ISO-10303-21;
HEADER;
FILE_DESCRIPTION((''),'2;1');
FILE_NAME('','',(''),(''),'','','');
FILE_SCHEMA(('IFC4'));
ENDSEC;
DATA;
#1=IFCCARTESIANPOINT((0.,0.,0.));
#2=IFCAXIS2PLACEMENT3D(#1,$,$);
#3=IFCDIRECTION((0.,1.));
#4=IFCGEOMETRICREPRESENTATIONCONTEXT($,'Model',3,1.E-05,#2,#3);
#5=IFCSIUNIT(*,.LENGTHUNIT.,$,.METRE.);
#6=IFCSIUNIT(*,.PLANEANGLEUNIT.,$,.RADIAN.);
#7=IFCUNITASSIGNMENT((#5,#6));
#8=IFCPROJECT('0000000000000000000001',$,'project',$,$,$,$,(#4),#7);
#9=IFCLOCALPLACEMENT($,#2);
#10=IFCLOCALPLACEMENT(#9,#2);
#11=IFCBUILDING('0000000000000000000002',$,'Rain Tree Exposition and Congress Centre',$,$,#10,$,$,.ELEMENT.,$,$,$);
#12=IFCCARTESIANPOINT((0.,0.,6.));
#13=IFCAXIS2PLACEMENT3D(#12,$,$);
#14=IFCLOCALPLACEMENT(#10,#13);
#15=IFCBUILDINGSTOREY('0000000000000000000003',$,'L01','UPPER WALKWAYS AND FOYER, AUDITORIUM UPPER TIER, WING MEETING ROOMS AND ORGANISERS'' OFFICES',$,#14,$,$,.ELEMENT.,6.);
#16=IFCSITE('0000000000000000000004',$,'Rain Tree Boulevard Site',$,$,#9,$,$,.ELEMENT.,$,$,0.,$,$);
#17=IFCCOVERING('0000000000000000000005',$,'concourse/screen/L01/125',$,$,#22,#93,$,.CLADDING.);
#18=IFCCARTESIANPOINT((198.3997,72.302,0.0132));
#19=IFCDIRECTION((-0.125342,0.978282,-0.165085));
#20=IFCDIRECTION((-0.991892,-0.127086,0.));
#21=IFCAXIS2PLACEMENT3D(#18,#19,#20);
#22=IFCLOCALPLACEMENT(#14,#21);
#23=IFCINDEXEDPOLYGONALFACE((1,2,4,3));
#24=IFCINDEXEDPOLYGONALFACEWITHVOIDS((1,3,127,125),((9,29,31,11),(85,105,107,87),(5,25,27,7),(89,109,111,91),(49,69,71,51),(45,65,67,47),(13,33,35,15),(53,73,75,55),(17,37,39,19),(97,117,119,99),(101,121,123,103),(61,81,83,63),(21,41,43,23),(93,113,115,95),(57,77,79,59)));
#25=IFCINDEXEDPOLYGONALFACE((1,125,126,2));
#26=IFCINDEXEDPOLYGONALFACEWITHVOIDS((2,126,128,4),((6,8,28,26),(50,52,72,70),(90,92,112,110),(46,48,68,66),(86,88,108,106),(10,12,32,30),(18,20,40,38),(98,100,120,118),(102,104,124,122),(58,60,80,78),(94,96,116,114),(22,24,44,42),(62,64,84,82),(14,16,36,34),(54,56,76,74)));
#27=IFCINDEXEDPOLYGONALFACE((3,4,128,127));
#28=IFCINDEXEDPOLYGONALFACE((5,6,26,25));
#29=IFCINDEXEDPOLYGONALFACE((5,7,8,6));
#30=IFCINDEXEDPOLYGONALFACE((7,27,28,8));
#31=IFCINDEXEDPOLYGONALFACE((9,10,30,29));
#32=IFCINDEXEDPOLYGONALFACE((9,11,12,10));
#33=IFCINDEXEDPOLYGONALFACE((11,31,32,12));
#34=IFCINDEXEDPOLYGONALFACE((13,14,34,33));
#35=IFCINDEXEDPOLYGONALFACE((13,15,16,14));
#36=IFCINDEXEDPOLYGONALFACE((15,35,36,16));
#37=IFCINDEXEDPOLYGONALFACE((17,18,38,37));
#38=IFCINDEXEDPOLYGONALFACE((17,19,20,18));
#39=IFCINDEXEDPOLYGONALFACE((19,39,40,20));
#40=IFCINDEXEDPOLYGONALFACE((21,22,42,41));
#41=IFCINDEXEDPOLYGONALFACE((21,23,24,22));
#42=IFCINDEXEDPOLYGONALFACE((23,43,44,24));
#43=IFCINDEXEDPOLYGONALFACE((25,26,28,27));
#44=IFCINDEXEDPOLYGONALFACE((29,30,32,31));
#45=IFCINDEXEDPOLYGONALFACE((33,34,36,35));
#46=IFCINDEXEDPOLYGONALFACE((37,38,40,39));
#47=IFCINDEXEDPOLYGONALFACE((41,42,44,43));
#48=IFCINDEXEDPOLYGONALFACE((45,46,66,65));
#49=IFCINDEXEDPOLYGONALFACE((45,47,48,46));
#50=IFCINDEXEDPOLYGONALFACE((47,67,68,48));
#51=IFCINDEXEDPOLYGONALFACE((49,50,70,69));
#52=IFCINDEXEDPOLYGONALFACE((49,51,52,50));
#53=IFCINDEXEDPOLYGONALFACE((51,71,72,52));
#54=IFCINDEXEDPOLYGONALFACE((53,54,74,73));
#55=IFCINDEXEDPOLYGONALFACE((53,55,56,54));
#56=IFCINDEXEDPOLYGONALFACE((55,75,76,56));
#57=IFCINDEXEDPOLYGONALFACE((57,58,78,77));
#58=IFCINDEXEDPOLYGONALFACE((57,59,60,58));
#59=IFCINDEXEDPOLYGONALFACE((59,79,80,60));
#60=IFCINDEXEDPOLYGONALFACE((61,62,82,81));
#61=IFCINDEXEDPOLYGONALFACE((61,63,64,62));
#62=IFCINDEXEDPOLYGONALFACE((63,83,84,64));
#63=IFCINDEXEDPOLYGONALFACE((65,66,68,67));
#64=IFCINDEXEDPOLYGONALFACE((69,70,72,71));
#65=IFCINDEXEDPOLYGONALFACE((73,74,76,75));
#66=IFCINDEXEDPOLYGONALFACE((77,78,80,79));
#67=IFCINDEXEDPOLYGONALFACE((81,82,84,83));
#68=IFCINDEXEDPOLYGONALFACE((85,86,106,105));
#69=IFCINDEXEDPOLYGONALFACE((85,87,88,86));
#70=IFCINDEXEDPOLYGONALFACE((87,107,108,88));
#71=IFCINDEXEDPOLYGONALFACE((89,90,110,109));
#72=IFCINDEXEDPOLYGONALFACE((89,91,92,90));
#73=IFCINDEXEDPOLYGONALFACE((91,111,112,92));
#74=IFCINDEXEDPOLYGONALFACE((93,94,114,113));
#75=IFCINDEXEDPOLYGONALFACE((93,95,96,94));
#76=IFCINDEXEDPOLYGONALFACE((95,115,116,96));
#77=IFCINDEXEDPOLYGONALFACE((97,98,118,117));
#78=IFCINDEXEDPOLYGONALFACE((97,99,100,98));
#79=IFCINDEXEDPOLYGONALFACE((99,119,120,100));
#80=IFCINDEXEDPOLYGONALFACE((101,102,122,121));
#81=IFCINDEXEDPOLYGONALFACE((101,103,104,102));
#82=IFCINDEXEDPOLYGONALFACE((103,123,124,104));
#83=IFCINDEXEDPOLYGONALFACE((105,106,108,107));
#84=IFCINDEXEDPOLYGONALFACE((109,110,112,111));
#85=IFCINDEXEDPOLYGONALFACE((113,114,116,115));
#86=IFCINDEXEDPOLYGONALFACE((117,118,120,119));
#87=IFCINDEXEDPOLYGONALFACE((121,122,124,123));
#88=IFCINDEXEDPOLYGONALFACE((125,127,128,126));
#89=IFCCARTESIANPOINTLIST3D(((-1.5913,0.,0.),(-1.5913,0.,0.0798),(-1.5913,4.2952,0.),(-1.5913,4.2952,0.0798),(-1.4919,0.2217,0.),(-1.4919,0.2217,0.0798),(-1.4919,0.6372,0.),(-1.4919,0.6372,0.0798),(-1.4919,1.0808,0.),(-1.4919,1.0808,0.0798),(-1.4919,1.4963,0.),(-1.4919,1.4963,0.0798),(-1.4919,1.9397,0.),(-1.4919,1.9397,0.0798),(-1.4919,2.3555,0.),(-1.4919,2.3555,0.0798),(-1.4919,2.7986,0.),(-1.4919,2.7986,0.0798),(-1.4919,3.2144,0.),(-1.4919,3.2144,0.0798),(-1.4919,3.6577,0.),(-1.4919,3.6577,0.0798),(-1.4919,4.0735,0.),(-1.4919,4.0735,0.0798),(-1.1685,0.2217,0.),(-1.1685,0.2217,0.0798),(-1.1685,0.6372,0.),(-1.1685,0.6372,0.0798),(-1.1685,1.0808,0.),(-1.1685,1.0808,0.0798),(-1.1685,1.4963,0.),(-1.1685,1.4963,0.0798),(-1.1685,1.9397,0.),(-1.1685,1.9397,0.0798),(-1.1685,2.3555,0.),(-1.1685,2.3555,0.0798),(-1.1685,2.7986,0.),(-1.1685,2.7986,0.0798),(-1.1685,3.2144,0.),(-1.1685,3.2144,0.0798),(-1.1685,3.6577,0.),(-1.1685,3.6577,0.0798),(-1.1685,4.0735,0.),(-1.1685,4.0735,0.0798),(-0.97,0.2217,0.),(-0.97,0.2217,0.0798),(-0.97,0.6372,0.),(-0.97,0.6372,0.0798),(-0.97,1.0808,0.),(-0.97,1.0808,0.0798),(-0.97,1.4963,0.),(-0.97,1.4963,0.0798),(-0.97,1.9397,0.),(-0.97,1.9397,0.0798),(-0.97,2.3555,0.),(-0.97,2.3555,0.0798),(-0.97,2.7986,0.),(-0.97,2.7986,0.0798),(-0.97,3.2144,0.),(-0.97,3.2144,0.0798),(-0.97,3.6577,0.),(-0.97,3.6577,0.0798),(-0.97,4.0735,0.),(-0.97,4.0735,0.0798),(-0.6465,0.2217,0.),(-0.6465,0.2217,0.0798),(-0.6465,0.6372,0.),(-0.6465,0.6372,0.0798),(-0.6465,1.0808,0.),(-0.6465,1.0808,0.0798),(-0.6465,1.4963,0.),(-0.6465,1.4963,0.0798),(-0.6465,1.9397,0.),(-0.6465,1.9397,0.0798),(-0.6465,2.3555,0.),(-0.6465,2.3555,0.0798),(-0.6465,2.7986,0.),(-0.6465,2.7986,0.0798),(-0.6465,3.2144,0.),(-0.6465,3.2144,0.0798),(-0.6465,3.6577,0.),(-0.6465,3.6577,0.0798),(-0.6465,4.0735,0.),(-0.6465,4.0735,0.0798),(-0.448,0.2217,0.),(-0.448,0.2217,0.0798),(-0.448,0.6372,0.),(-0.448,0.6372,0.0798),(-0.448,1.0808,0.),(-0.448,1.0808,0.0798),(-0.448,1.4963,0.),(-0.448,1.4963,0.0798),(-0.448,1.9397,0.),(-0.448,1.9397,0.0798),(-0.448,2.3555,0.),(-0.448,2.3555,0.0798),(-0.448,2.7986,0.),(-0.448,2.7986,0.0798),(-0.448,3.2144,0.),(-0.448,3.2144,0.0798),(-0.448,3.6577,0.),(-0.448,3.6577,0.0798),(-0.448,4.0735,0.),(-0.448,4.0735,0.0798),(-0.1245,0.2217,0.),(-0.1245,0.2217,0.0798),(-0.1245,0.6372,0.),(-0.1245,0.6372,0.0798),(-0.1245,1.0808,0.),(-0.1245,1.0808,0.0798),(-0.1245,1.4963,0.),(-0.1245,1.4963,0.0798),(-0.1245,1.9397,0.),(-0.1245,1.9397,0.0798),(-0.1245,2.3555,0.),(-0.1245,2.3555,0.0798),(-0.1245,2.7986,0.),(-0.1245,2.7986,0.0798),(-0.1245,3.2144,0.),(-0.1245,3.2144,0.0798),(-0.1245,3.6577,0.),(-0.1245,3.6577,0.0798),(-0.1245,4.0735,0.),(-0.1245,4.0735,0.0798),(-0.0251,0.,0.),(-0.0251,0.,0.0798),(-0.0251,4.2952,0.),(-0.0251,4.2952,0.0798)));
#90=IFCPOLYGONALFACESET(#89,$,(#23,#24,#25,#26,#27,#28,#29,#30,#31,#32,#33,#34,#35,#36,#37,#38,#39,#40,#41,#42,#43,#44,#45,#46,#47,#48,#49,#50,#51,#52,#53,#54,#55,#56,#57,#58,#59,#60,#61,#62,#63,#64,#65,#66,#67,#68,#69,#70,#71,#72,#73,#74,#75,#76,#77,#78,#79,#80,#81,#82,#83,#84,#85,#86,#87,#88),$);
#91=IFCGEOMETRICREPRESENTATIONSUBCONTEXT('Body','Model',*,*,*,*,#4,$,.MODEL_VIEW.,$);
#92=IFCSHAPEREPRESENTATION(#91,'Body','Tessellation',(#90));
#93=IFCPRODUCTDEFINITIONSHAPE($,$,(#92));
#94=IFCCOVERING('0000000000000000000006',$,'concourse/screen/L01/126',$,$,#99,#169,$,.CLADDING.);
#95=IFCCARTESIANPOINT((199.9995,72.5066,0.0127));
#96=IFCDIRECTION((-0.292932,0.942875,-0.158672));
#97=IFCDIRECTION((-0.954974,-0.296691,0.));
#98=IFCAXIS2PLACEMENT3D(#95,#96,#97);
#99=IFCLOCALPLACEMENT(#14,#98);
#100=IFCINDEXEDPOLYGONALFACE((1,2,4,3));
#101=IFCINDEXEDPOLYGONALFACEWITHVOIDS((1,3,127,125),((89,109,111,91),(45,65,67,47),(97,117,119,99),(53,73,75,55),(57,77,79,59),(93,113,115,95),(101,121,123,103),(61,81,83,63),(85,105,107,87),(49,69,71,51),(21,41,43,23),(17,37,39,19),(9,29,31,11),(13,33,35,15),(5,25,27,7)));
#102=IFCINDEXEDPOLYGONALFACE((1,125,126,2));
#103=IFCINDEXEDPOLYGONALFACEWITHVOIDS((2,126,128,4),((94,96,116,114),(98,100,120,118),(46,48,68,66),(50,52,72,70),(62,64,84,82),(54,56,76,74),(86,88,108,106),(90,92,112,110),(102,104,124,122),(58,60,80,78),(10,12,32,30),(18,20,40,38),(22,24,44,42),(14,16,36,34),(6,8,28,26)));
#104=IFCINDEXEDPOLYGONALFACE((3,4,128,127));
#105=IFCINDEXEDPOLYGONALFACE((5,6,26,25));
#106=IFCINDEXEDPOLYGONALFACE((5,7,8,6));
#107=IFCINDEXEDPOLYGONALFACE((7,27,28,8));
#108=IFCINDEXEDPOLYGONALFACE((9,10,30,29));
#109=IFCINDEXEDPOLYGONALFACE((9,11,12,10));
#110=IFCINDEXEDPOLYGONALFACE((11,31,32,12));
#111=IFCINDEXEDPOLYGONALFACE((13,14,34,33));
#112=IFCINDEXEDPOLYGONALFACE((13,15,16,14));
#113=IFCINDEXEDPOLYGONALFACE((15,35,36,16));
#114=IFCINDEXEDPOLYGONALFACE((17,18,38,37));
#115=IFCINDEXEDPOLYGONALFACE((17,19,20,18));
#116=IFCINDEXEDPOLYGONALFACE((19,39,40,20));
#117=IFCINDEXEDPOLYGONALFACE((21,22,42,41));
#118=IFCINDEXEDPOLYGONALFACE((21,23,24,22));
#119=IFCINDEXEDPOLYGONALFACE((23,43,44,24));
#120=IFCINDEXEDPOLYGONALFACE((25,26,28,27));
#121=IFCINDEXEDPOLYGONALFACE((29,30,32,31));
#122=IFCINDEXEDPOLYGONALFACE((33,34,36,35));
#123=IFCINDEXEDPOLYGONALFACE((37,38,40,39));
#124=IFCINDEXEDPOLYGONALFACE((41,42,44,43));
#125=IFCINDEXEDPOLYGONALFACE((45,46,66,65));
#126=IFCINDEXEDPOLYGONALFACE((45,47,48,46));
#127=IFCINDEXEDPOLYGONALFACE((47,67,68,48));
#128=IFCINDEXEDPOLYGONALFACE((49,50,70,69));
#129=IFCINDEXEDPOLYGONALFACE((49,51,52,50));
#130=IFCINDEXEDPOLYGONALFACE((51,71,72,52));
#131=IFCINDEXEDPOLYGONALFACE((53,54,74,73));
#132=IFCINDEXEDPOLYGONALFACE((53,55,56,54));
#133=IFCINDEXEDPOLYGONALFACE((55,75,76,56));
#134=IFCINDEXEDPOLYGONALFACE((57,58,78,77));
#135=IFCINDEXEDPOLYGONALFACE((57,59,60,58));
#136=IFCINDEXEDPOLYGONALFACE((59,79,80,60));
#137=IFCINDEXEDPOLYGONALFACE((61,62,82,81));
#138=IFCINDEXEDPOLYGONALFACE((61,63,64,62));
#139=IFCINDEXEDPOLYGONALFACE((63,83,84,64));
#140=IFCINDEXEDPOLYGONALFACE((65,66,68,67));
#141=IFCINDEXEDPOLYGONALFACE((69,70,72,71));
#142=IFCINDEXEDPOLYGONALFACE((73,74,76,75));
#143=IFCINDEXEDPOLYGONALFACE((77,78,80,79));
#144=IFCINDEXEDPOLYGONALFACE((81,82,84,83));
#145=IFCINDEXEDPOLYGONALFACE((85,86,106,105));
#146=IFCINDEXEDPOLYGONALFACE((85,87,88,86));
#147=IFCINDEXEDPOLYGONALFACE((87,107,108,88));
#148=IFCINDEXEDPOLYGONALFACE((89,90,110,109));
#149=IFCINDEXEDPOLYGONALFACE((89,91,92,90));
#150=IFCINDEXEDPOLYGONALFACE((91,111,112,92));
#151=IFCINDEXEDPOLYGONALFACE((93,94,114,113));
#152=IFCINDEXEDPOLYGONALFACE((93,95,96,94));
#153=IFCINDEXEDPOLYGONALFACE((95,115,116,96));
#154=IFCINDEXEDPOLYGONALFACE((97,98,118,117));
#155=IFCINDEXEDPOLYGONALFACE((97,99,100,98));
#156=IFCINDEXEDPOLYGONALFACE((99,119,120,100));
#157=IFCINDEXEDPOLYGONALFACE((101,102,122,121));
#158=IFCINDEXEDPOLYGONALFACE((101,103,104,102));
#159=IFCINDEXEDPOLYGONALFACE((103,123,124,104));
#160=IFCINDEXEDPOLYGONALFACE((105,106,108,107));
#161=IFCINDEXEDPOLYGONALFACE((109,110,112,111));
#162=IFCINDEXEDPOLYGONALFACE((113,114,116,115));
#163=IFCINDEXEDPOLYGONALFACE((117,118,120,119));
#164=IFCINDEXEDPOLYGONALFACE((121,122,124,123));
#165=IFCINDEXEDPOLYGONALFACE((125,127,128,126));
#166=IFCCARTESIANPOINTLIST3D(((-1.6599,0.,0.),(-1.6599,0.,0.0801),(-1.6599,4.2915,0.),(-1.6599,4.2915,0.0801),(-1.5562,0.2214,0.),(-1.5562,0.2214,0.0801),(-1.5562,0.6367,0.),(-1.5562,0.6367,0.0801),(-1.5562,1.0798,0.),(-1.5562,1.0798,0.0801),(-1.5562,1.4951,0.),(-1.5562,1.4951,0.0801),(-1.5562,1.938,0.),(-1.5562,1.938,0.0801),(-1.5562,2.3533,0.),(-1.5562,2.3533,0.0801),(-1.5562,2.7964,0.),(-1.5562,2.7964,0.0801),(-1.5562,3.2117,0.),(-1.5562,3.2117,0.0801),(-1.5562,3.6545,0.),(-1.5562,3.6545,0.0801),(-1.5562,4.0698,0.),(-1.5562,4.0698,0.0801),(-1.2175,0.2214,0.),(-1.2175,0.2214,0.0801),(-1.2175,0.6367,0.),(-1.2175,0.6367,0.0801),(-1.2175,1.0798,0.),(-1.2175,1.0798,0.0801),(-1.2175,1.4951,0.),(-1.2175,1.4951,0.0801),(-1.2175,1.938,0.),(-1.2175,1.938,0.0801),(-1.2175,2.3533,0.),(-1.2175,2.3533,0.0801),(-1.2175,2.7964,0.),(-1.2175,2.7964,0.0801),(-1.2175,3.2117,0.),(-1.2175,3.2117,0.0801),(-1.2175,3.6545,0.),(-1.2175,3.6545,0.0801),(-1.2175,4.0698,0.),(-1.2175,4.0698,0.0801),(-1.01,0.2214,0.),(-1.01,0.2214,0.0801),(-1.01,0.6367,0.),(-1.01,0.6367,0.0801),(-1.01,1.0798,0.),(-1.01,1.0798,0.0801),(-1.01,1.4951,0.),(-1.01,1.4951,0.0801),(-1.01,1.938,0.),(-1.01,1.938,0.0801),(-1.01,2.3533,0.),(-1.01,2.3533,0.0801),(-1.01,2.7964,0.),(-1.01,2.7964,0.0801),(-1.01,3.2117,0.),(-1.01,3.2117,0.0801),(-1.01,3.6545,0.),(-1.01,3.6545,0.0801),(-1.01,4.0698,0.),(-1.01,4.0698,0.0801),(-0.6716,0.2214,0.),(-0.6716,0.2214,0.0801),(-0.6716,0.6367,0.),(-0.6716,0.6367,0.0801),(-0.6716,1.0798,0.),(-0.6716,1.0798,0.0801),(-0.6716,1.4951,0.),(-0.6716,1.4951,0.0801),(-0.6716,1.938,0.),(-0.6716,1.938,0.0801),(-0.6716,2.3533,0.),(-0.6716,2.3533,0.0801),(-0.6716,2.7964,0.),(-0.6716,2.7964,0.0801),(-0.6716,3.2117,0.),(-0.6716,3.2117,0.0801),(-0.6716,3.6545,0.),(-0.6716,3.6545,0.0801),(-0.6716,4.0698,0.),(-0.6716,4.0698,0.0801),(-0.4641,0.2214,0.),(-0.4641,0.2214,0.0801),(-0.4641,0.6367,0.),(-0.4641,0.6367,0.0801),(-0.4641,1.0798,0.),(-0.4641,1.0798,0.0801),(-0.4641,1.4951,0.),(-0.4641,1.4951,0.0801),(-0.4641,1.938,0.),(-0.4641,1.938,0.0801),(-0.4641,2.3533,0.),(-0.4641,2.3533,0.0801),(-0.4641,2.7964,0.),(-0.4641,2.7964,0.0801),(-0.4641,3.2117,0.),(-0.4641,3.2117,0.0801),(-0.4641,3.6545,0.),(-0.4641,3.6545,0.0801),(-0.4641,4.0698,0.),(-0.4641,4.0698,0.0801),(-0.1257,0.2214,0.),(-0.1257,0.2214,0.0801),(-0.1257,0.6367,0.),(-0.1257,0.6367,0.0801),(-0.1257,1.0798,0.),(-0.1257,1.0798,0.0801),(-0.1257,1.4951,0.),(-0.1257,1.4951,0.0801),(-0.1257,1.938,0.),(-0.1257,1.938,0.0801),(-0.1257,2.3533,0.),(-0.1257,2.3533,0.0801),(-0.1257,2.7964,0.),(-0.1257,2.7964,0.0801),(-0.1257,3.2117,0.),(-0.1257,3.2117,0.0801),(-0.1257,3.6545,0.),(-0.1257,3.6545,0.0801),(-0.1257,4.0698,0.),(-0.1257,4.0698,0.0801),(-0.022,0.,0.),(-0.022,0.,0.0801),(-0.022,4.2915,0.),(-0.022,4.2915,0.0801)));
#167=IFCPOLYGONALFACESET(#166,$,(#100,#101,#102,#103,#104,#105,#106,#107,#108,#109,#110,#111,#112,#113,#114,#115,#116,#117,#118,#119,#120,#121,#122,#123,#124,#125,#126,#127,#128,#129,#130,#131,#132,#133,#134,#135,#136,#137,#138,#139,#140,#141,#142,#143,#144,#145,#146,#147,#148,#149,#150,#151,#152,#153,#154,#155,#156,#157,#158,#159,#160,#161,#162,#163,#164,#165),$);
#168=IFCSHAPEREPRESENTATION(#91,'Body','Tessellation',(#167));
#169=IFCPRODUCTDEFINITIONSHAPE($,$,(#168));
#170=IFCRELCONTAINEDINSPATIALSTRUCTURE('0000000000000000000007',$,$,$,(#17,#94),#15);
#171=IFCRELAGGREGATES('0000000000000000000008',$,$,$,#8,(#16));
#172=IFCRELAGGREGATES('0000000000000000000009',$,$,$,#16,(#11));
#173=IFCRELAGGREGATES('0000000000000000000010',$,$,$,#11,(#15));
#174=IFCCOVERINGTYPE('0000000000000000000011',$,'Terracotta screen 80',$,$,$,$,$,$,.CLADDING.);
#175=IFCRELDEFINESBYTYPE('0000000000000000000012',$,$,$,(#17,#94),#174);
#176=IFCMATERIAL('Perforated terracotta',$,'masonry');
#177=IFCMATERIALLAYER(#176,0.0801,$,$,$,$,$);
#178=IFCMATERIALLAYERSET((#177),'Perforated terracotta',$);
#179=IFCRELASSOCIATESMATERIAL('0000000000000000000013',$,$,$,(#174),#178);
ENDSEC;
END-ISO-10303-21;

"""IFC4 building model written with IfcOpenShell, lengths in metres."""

from ifc_helpers import new_model, si_unit, direction, frame, origin, place, context, subcontext, project, spatial, polyline, outline, extrude, material, layer, layer_set, type_object, element, save


model = new_model("IFC4")

# Units and contexts
model_context = context("Model", 3, precision=1e-05, world=origin(), true_north=direction((0.0, 1.0)))
body_context = subcontext(model_context, "Body", "Model", "MODEL_VIEW")
ifc_project = project(units=[si_unit("LENGTHUNIT", "METRE"), si_unit("PLANEANGLEUNIT", "RADIAN")], contexts=[model_context])

# Site, building, storey
site_placement = place(None, origin())
site = spatial("IfcSite", under=ifc_project, at=site_placement, Name="Rain Tree Boulevard Site", CompositionType="ELEMENT", RefElevation=0.0)
building_placement = place(site_placement, origin())
building = spatial("IfcBuilding", under=site, at=building_placement, Name="Rain Tree Exposition and Congress Centre", CompositionType="ELEMENT")
storey_placement = place(building_placement, frame((0.0, 0.0, 6.0)))
storey = spatial("IfcBuildingStorey", under=building, at=storey_placement, Name="L01", Description="UPPER WALKWAYS AND FOYER, AUDITORIUM UPPER TIER, WING MEETING ROOMS AND ORGANISERS' OFFICES", CompositionType="ELEMENT", Elevation=6.0)

# Coverings
ifc_material_1 = material(Name="Perforated terracotta", Category="masonry")
ifc_layer_1 = layer(ifc_material_1, 0.0801)
ifc_layer_set_1 = layer_set([ifc_layer_1], Name="Perforated terracotta")
covering_type = type_object("IfcCoveringType", Name="Terracotta screen 80", PredefinedType="CLADDING", material=ifc_layer_set_1)
covering_1_placement = place(storey_placement, frame((198.3997, 72.302, 0.0132), z_axis=(-0.125342, 0.978282, -0.165085), x_axis=(-0.991892, -0.127086, 0.0)))
element("IfcCovering", 1, at=covering_1_placement, inside=storey, type_object=covering_type, Name="concourse/screen/L01/125", PredefinedType="CLADDING", context=body_context, shape_type="SweptSolid", body=[
    extrude(outline(polyline([(-1.5913, 0.0), (-1.5913, 4.2952), (-0.0251, 4.2952), (-0.0251, 0.0), (-1.5913, 0.0)]), holes=[polyline([(-0.1245, 0.2217), (-0.1245, 0.6372), (-0.448, 0.6372), (-0.448, 0.2217), (-0.1245, 0.2217)]), polyline([(-0.1245, 1.0808), (-0.1245, 1.4963), (-0.448, 1.4963), (-0.448, 1.0808), (-0.1245, 1.0808)]), polyline([(-0.1245, 1.9397), (-0.1245, 2.3555), (-0.448, 2.3555), (-0.448, 1.9397), (-0.1245, 1.9397)]), polyline([(-0.1245, 2.7986), (-0.1245, 3.2144), (-0.448, 3.2144), (-0.448, 2.7986), (-0.1245, 2.7986)]), polyline([(-0.1245, 3.6577), (-0.1245, 4.0735), (-0.448, 4.0735), (-0.448, 3.6577), (-0.1245, 3.6577)]), polyline([(-0.6465, 0.2217), (-0.6465, 0.6372), (-0.97, 0.6372), (-0.97, 0.2217), (-0.6465, 0.2217)]), polyline([(-0.6465, 1.0808), (-0.6465, 1.4963), (-0.97, 1.4963), (-0.97, 1.0808), (-0.6465, 1.0808)]), polyline([(-0.6465, 1.9397), (-0.6465, 2.3555), (-0.97, 2.3555), (-0.97, 1.9397), (-0.6465, 1.9397)]), polyline([(-0.6465, 2.7986), (-0.6465, 3.2144), (-0.97, 3.2144), (-0.97, 2.7986), (-0.6465, 2.7986)]), polyline([(-0.6465, 3.6577), (-0.6465, 4.0735), (-0.97, 4.0735), (-0.97, 3.6577), (-0.6465, 3.6577)]), polyline([(-1.1685, 0.2217), (-1.1685, 0.6372), (-1.4919, 0.6372), (-1.4919, 0.2217), (-1.1685, 0.2217)]), polyline([(-1.1685, 1.0808), (-1.1685, 1.4963), (-1.4919, 1.4963), (-1.4919, 1.0808), (-1.1685, 1.0808)]), polyline([(-1.1685, 1.9397), (-1.1685, 2.3555), (-1.4919, 2.3555), (-1.4919, 1.9397), (-1.1685, 1.9397)]), polyline([(-1.1685, 2.7986), (-1.1685, 3.2144), (-1.4919, 3.2144), (-1.4919, 2.7986), (-1.1685, 2.7986)]), polyline([(-1.1685, 3.6577), (-1.1685, 4.0735), (-1.4919, 4.0735), (-1.4919, 3.6577), (-1.1685, 3.6577)])]), origin(), (0.0, 0.0, 1.0), 0.0798),
])
covering_2_placement = place(storey_placement, frame((199.9995, 72.5066, 0.0127), z_axis=(-0.292932, 0.942875, -0.158672), x_axis=(-0.954974, -0.296691, 0.0)))
element("IfcCovering", 2, at=covering_2_placement, inside=storey, type_object=covering_type, Name="concourse/screen/L01/126", PredefinedType="CLADDING", context=body_context, shape_type="SweptSolid", body=[
    extrude(outline(polyline([(-1.6599, 0.0), (-1.6599, 4.2915), (-0.022, 4.2915), (-0.022, 0.0), (-1.6599, 0.0)]), holes=[polyline([(-0.1257, 0.2214), (-0.1257, 0.6367), (-0.4641, 0.6367), (-0.4641, 0.2214), (-0.1257, 0.2214)]), polyline([(-0.1257, 1.0798), (-0.1257, 1.4951), (-0.4641, 1.4951), (-0.4641, 1.0798), (-0.1257, 1.0798)]), polyline([(-0.1257, 1.938), (-0.1257, 2.3533), (-0.4641, 2.3533), (-0.4641, 1.938), (-0.1257, 1.938)]), polyline([(-0.1257, 2.7964), (-0.1257, 3.2117), (-0.4641, 3.2117), (-0.4641, 2.7964), (-0.1257, 2.7964)]), polyline([(-0.1257, 3.6545), (-0.1257, 4.0698), (-0.4641, 4.0698), (-0.4641, 3.6545), (-0.1257, 3.6545)]), polyline([(-0.6716, 0.2214), (-0.6716, 0.6367), (-1.01, 0.6367), (-1.01, 0.2214), (-0.6716, 0.2214)]), polyline([(-0.6716, 1.0798), (-0.6716, 1.4951), (-1.01, 1.4951), (-1.01, 1.0798), (-0.6716, 1.0798)]), polyline([(-0.6716, 1.938), (-0.6716, 2.3533), (-1.01, 2.3533), (-1.01, 1.938), (-0.6716, 1.938)]), polyline([(-0.6716, 2.7964), (-0.6716, 3.2117), (-1.01, 3.2117), (-1.01, 2.7964), (-0.6716, 2.7964)]), polyline([(-0.6716, 3.6545), (-0.6716, 4.0698), (-1.01, 4.0698), (-1.01, 3.6545), (-0.6716, 3.6545)]), polyline([(-1.2175, 0.2214), (-1.2175, 0.6367), (-1.5562, 0.6367), (-1.5562, 0.2214), (-1.2175, 0.2214)]), polyline([(-1.2175, 1.0798), (-1.2175, 1.4951), (-1.5562, 1.4951), (-1.5562, 1.0798), (-1.2175, 1.0798)]), polyline([(-1.2175, 1.938), (-1.2175, 2.3533), (-1.5562, 2.3533), (-1.5562, 1.938), (-1.2175, 1.938)]), polyline([(-1.2175, 2.7964), (-1.2175, 3.2117), (-1.5562, 3.2117), (-1.5562, 2.7964), (-1.2175, 2.7964)]), polyline([(-1.2175, 3.6545), (-1.2175, 4.0698), (-1.5562, 4.0698), (-1.5562, 3.6545), (-1.2175, 3.6545)])]), origin(), (0.0, 0.0, 1.0), 0.0801),
])

save(model, "model.ifc")
